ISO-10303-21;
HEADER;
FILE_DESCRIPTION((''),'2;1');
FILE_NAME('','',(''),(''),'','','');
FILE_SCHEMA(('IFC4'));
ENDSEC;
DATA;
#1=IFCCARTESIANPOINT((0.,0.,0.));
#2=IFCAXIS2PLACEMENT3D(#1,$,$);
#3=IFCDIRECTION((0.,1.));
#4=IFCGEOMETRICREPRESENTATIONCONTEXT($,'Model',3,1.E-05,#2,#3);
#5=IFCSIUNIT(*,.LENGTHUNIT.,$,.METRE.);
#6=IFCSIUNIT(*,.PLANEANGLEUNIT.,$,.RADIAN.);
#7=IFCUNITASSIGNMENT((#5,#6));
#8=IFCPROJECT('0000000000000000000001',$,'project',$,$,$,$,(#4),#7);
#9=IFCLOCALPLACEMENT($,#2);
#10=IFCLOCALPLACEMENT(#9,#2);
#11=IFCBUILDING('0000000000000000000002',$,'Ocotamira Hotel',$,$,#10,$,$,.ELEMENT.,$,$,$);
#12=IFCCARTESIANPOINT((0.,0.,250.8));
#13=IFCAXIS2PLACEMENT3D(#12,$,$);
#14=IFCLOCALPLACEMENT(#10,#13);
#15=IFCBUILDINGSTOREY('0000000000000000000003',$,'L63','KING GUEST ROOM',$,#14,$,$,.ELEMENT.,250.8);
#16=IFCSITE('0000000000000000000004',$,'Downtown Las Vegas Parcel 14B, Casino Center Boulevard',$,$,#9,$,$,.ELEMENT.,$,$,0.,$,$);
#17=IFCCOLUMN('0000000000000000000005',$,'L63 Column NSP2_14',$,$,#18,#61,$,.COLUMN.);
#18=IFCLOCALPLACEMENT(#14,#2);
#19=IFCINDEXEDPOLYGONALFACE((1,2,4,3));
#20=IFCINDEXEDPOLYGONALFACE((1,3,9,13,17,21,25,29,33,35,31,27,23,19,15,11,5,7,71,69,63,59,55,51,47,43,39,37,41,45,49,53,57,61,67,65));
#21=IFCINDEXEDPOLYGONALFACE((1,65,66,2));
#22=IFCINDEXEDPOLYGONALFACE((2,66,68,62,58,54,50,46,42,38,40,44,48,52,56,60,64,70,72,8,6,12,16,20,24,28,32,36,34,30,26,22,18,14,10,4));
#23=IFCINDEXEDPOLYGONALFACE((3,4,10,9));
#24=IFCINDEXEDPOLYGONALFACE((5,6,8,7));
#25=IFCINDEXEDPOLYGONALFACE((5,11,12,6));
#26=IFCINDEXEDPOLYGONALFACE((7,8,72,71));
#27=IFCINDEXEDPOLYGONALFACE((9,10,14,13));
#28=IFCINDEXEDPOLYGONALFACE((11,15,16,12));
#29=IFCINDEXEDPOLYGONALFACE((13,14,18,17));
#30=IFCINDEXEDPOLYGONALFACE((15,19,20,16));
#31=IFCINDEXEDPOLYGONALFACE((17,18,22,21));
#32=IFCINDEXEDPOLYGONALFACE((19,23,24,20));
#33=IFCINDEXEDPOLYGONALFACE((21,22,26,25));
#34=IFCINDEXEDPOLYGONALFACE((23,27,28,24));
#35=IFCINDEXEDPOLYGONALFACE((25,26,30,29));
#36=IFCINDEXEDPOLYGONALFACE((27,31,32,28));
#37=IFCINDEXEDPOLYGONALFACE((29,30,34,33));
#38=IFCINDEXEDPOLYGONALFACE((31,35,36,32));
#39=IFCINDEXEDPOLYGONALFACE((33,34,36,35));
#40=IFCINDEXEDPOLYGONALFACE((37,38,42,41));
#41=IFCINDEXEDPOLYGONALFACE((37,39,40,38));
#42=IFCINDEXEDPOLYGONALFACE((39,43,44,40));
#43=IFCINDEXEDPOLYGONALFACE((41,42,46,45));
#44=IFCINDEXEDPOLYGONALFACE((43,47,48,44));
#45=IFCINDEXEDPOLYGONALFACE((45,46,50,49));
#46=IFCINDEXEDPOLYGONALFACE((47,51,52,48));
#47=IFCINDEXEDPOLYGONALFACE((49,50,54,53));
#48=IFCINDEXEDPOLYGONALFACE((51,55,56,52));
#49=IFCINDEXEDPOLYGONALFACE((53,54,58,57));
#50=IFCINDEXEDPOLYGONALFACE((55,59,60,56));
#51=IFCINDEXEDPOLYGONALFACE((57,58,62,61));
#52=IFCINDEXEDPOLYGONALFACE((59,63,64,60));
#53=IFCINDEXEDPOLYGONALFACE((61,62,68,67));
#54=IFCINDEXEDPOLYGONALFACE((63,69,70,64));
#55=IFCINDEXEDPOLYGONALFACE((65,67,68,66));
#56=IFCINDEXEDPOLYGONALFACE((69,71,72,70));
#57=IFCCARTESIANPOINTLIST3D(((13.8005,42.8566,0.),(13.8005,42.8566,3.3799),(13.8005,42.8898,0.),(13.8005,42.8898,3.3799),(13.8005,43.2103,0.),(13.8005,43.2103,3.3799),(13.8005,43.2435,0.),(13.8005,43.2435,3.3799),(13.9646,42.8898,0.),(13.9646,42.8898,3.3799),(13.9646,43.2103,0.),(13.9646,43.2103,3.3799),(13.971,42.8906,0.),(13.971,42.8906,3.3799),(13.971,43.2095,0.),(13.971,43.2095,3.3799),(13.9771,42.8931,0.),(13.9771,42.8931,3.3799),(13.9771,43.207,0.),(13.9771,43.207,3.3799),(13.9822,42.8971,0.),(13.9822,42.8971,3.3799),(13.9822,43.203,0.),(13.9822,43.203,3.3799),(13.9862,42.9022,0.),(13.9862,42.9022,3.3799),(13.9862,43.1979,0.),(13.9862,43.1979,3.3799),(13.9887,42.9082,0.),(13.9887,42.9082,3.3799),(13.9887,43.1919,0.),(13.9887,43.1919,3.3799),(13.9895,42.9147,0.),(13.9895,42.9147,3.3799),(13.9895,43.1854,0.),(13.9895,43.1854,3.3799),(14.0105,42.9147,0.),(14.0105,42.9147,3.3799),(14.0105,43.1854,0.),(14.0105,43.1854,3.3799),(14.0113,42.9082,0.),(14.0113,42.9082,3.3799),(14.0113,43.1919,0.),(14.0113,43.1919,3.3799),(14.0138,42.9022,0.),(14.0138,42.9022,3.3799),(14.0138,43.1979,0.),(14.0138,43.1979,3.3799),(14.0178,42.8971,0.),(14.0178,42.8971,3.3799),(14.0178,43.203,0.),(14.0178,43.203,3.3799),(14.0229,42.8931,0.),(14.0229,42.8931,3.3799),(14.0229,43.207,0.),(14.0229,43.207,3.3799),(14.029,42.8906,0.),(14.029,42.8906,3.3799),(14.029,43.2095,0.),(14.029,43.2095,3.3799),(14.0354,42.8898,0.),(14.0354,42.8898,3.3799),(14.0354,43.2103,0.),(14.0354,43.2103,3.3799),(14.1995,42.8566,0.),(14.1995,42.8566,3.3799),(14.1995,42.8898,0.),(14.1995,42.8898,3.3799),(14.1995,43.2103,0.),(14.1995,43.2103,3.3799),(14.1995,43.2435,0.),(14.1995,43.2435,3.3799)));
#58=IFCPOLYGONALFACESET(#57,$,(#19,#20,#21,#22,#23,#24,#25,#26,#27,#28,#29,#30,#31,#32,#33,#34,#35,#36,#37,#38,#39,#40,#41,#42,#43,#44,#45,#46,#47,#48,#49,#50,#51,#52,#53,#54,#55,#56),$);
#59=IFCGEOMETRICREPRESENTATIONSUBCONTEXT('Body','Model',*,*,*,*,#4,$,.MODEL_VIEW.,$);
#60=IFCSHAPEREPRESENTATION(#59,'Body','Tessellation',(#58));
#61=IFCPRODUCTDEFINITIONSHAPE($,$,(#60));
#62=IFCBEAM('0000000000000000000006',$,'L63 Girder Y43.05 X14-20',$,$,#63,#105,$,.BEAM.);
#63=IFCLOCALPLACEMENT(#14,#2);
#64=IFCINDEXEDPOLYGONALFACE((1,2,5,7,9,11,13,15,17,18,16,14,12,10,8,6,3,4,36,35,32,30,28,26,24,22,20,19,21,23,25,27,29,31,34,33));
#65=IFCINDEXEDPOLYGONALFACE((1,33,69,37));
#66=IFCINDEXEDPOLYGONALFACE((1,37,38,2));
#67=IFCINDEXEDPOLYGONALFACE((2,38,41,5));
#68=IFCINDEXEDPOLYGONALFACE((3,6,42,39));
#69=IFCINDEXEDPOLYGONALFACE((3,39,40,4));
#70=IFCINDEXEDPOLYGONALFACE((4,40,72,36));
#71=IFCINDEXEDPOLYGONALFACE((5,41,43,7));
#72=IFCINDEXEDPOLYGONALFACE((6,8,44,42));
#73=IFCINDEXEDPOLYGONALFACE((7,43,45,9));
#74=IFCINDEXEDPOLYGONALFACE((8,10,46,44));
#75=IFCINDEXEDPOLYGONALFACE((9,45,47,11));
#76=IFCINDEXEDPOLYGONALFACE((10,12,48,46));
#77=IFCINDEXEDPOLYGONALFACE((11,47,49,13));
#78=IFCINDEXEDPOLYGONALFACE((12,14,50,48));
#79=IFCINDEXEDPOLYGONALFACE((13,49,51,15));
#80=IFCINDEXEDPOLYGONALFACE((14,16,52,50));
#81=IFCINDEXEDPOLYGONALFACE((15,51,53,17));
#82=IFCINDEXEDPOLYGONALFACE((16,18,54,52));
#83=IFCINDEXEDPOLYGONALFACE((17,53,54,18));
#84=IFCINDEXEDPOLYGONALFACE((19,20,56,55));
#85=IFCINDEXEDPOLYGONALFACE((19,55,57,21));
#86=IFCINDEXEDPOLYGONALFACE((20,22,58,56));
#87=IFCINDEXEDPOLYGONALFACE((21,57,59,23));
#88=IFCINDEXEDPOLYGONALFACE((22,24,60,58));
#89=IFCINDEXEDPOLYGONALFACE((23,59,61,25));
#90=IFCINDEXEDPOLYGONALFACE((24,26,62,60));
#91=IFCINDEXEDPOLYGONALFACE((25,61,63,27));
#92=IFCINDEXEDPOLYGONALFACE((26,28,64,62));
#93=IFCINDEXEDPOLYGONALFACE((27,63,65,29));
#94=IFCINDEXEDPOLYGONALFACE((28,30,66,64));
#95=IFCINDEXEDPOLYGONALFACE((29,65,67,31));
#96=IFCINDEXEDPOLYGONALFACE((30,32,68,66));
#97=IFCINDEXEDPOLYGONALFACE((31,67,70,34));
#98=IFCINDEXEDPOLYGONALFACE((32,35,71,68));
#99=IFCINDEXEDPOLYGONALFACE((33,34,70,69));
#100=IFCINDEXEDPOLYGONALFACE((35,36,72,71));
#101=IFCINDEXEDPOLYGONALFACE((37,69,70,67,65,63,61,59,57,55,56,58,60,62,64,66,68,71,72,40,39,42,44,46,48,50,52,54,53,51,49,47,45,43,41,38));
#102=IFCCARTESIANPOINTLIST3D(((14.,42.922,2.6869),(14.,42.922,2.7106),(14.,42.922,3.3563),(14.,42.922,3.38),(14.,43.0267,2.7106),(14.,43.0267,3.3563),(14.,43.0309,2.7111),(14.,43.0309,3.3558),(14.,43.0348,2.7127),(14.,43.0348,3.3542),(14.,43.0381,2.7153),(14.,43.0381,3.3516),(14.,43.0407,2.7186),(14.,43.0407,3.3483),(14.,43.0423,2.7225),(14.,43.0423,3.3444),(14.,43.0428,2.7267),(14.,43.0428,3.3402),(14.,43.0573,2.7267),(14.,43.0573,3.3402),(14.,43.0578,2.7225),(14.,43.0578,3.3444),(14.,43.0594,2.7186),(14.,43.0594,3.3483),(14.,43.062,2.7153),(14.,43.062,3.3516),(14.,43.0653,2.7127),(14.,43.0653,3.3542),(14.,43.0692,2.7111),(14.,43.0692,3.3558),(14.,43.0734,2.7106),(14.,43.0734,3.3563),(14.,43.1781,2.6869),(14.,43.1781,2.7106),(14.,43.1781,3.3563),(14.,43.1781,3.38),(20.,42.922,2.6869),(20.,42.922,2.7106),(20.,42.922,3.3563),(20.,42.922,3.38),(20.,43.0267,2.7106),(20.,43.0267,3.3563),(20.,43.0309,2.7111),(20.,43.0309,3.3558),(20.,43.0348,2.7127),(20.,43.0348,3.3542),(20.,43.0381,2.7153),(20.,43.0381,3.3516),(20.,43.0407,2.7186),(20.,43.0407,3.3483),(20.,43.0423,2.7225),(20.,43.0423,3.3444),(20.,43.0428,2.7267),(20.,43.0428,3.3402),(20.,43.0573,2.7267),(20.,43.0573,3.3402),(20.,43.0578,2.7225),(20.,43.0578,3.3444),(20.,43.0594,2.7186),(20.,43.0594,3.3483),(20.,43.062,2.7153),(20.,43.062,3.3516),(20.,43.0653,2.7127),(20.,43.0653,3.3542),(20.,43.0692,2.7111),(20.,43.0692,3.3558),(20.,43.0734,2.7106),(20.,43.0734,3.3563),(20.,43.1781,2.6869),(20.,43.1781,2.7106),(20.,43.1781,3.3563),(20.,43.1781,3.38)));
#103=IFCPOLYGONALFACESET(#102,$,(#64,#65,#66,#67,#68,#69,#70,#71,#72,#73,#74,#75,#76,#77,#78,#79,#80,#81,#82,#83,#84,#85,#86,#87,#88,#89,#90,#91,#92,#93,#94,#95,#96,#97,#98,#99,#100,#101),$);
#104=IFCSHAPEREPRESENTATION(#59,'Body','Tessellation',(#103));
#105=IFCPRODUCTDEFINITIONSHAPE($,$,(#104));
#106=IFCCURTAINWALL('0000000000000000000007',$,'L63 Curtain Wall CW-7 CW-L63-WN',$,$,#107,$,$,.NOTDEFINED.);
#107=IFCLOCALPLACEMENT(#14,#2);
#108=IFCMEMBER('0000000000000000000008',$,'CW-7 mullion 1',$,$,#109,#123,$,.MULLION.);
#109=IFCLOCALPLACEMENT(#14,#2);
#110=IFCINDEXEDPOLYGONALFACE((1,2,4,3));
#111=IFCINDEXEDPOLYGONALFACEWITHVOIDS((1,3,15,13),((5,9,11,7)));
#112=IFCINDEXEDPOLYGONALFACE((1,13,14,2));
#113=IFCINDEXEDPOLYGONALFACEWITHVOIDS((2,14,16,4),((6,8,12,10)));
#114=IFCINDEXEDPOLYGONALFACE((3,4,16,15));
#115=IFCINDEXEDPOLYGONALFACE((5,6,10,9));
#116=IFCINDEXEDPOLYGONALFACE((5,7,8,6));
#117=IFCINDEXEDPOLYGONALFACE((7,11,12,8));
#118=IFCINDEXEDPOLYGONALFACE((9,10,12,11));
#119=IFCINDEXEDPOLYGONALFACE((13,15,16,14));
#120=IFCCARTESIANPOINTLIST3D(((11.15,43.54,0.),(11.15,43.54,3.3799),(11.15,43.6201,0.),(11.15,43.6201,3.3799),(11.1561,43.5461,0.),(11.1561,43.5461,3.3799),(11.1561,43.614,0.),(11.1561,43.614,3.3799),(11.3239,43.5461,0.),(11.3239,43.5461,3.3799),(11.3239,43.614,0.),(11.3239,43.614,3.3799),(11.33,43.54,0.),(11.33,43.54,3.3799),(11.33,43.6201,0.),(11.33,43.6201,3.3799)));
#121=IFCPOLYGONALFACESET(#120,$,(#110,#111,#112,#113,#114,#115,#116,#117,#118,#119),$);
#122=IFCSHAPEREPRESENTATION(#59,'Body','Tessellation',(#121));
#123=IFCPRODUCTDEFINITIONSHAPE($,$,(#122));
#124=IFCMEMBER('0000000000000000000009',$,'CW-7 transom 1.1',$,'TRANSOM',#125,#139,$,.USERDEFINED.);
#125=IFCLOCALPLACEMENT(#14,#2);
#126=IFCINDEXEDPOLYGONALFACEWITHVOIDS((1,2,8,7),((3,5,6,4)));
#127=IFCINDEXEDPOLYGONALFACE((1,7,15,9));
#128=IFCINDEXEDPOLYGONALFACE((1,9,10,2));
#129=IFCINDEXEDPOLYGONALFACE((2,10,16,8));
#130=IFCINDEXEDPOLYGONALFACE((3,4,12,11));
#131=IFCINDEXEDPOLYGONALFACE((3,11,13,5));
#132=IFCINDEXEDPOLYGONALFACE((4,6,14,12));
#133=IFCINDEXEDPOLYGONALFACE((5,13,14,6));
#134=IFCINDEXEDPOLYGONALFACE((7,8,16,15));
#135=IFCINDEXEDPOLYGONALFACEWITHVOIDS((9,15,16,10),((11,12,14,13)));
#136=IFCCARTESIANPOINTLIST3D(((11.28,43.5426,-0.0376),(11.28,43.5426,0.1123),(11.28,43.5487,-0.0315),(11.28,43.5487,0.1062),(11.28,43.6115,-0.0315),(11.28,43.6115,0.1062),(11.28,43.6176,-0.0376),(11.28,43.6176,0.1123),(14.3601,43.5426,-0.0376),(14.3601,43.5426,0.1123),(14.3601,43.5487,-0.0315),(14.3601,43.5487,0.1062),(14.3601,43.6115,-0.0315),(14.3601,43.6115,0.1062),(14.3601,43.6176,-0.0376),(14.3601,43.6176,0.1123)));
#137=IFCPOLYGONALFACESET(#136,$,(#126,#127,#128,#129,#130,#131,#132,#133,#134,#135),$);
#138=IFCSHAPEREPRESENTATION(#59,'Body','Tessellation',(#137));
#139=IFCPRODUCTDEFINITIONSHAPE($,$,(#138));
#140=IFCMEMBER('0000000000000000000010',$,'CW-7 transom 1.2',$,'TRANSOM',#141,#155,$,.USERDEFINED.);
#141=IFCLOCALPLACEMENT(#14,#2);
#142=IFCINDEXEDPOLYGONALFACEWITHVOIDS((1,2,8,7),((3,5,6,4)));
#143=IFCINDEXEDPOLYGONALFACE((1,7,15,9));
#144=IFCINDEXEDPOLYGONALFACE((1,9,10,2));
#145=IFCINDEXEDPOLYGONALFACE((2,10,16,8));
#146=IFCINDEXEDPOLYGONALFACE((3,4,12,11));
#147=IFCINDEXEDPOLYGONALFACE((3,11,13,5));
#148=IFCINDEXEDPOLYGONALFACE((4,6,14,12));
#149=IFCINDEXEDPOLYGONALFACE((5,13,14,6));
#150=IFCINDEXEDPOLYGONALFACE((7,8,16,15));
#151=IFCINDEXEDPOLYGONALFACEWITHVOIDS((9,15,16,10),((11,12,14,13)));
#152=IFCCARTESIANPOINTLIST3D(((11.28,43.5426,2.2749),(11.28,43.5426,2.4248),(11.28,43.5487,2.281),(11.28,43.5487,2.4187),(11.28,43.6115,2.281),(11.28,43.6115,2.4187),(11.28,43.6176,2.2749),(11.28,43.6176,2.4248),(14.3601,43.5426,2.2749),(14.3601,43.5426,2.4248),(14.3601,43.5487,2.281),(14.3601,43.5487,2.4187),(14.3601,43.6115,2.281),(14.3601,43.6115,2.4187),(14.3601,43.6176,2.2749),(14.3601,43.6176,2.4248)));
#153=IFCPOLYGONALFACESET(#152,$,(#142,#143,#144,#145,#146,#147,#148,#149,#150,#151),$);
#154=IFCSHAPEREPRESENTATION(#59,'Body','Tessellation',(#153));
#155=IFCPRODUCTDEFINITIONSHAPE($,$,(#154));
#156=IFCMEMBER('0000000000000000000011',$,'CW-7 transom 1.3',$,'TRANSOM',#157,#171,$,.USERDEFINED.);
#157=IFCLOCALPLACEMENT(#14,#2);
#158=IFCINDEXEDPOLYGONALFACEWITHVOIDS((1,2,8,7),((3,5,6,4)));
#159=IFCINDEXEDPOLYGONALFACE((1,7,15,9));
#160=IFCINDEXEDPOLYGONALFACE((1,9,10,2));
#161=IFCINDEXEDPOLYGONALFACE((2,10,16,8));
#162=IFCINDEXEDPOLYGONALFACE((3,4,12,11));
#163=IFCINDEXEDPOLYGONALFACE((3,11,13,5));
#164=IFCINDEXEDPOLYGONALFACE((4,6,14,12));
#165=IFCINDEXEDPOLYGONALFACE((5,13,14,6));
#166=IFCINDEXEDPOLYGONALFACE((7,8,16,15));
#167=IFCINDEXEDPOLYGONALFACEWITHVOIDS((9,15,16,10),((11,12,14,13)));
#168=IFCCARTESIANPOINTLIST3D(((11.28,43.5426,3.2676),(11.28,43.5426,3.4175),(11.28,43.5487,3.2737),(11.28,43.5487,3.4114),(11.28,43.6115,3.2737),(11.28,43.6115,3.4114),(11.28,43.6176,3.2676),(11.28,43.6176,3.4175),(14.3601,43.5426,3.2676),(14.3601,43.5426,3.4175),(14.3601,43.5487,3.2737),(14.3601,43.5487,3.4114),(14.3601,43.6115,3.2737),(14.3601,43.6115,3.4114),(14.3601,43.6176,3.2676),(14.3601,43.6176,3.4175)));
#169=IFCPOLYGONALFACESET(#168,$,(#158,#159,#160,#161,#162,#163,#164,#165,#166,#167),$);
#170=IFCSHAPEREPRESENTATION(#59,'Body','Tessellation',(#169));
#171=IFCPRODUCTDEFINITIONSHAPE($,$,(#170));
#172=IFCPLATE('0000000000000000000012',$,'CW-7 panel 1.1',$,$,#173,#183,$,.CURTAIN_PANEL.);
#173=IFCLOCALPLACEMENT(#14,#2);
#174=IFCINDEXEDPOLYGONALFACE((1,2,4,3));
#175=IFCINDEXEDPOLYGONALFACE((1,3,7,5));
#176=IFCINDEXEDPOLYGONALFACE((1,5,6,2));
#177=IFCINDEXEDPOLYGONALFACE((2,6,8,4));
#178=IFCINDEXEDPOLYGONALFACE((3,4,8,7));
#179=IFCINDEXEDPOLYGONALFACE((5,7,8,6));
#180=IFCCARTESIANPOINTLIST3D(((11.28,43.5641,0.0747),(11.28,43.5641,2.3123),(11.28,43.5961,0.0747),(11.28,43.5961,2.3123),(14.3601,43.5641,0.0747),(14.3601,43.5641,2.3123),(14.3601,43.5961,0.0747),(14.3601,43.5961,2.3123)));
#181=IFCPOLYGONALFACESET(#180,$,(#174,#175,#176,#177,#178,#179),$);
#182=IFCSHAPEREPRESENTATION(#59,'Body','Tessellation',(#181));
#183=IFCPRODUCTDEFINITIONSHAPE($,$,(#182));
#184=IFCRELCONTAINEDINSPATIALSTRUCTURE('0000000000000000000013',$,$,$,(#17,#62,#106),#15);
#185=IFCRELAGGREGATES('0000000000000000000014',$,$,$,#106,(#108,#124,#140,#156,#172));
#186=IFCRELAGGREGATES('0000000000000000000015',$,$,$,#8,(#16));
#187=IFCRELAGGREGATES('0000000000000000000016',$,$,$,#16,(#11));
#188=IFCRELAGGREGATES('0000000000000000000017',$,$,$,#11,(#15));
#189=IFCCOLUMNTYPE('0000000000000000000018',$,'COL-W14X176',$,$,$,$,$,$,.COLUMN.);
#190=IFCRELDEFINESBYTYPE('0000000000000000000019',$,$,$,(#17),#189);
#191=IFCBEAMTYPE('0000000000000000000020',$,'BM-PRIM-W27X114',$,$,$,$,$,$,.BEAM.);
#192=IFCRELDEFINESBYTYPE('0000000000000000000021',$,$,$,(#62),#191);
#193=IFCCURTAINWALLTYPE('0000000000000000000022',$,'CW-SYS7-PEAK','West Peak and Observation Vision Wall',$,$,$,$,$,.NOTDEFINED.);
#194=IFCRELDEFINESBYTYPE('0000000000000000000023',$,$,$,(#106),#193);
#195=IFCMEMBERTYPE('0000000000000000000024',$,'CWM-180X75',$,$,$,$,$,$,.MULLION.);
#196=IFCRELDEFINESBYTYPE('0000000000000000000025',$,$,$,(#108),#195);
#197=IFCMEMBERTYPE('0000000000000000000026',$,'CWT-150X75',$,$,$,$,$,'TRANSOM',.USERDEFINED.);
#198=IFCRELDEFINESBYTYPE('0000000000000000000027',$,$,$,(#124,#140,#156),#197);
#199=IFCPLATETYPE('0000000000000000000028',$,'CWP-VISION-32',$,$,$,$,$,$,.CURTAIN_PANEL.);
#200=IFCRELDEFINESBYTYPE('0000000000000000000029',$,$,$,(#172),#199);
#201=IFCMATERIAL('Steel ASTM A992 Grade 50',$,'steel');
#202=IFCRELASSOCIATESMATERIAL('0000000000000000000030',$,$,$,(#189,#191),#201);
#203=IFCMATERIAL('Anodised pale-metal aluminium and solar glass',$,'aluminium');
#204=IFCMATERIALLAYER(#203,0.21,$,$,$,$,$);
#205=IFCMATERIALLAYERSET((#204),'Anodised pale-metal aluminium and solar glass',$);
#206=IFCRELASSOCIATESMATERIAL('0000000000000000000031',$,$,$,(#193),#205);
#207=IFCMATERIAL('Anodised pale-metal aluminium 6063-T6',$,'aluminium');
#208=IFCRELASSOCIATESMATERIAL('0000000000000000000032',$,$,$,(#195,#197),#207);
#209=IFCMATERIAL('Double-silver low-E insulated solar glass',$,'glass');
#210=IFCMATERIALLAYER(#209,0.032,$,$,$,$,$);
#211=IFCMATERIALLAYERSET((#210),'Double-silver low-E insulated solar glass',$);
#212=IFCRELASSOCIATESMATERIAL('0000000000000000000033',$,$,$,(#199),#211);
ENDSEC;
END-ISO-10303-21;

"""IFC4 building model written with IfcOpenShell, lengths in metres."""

from ifc_helpers import new_model, si_unit, direction, frame, origin, origin_2d, place, context, subcontext, project, spatial, rectangle, hollow_rectangle, i_section, extrude, source, transform, mapped, material, layer, layer_set, material_profile, profile_set, type_object, element, aggregate, save


model = new_model("IFC4")

# Units and contexts
model_context = context("Model", 3, precision=1e-05, world=origin(), true_north=direction((0.0, 1.0)))
body_context = subcontext(model_context, "Body", "Model", "MODEL_VIEW")
ifc_project = project(units=[si_unit("LENGTHUNIT", "METRE"), si_unit("PLANEANGLEUNIT", "RADIAN")], contexts=[model_context])

# Site, building, storey
site_placement = place(None, origin())
site = spatial("IfcSite", under=ifc_project, at=site_placement, Name="Downtown Las Vegas Parcel 14B, Casino Center Boulevard", CompositionType="ELEMENT", RefElevation=0.0)
building_placement = place(site_placement, origin())
building = spatial("IfcBuilding", under=site, at=building_placement, Name="Ocotamira Hotel", CompositionType="ELEMENT")
storey_placement = place(building_placement, frame((0.0, 0.0, 250.8)))
storey = spatial("IfcBuildingStorey", under=building, at=storey_placement, Name="L63", Description="KING GUEST ROOM", CompositionType="ELEMENT", Elevation=250.8)

# Column
ifc_material_1 = material(Name="Steel ASTM A992 Grade 50", Category="steel")
ifc_material_profile_1 = material_profile(ifc_material_1, i_section(OverallWidth=0.3989, OverallDepth=0.387, WebThickness=0.021, FlangeThickness=0.0332, FilletRadius=0.0249, at=origin_2d()), Name="W14X176")
ifc_profile_set_1 = profile_set([ifc_material_profile_1], Name="Steel ASTM A992 Grade 50")
column_type = type_object("IfcColumnType", Name="COL-W14X176", PredefinedType="COLUMN", material=ifc_profile_set_1)
shared_shape_1 = source(origin(), body_context, "Body", "SweptSolid", [
    extrude(i_section(OverallWidth=0.3989, OverallDepth=0.387, WebThickness=0.021, FlangeThickness=0.0332, FilletRadius=0.0249, at=origin_2d()), origin(), (0.0, 0.0, 1.0), 3.3799),
])
column_placement = place(storey_placement, frame((14.0, 43.05, 0.0), z_axis=(0.0, 0.0, 1.0), x_axis=(1.0, 0.0, 0.0)))
element("IfcColumn", 1, at=column_placement, inside=storey, type_object=column_type, Name="L63 Column NSP2_14", PredefinedType="COLUMN", context=body_context, shape_type="MappedRepresentation", body=[
    mapped(shared_shape_1, transform((0.0, 0.0, 0.0), scale=1.0)),
])

# Beam
ifc_material_profile_2 = material_profile(ifc_material_1, i_section(OverallWidth=0.2561, OverallDepth=0.6931, WebThickness=0.0144, FlangeThickness=0.0237, FilletRadius=0.0161, at=origin_2d()), Name="W27X114")
ifc_profile_set_2 = profile_set([ifc_material_profile_2], Name="Steel ASTM A992 Grade 50")
beam_type = type_object("IfcBeamType", Name="BM-PRIM-W27X114", PredefinedType="BEAM", material=ifc_profile_set_2)
shared_shape_2 = source(origin(), body_context, "Body", "SweptSolid", [
    extrude(i_section(OverallWidth=0.2561, OverallDepth=0.6931, WebThickness=0.0144, FlangeThickness=0.0237, FilletRadius=0.0161, at=origin_2d()), origin(), (0.0, 0.0, 1.0), 6.0),
])
beam_placement = place(storey_placement, frame((14.0, 43.05, 3.0334), z_axis=(1.0, 0.0, 0.0), x_axis=(0.0, 1.0, 0.0)))
element("IfcBeam", 2, at=beam_placement, inside=storey, type_object=beam_type, Name="L63 Girder Y43.05 X14-20", PredefinedType="BEAM", context=body_context, shape_type="MappedRepresentation", body=[
    mapped(shared_shape_2, transform((0.0, 0.0, 0.0), scale=1.0)),
])

# Curtain wall, members, plate
ifc_material_2 = material(Name="Anodised pale-metal aluminium and solar glass", Category="aluminium")
ifc_layer_1 = layer(ifc_material_2, 0.21)
ifc_layer_set_1 = layer_set([ifc_layer_1], Name="Anodised pale-metal aluminium and solar glass")
curtain_wall_type = type_object("IfcCurtainWallType", Name="CW-SYS7-PEAK", Description="West Peak and Observation Vision Wall", PredefinedType="NOTDEFINED", material=ifc_layer_set_1)
curtain_wall_placement = place(storey_placement, origin())
curtain_wall = element("IfcCurtainWall", 3, at=curtain_wall_placement, inside=storey, type_object=curtain_wall_type, Name="L63 Curtain Wall CW-7 CW-L63-WN", PredefinedType="NOTDEFINED")
ifc_material_3 = material(Name="Anodised pale-metal aluminium 6063-T6", Category="aluminium")
ifc_material_profile_3 = material_profile(ifc_material_3, hollow_rectangle(XDim=0.0801, YDim=0.1799, WallThickness=0.0061, at=origin_2d()), Name="HSS180X80X6")
ifc_profile_set_3 = profile_set([ifc_material_profile_3], Name="Anodised pale-metal aluminium 6063-T6")
member_type_1 = type_object("IfcMemberType", Name="CWM-180X75", PredefinedType="MULLION", material=ifc_profile_set_3)
shared_shape_3 = source(origin(), body_context, "Body", "SweptSolid", [
    extrude(hollow_rectangle(XDim=0.0801, YDim=0.1799, WallThickness=0.0061, at=origin_2d()), origin(), (0.0, 0.0, 1.0), 3.3799),
])
member_1_placement = place(storey_placement, frame((11.24, 43.5801, 0.0), z_axis=(0.0, 0.0, 1.0), x_axis=(0.0, 1.0, 0.0)))
member_1 = element("IfcMember", 4, at=member_1_placement, type_object=member_type_1, Name="CW-7 mullion 1", PredefinedType="MULLION", context=body_context, shape_type="MappedRepresentation", body=[
    mapped(shared_shape_3, transform((0.0, 0.0, 0.0), scale=1.0)),
])
ifc_material_profile_4 = material_profile(ifc_material_3, hollow_rectangle(XDim=0.075, YDim=0.1499, WallThickness=0.0061, at=origin_2d()), Name="HSS150X75X6")
ifc_profile_set_4 = profile_set([ifc_material_profile_4], Name="Anodised pale-metal aluminium 6063-T6")
member_type_2 = type_object("IfcMemberType", Name="CWT-150X75", ElementType="TRANSOM", PredefinedType="USERDEFINED", material=ifc_profile_set_4)
shared_shape_4 = source(origin(), body_context, "Body", "SweptSolid", [
    extrude(hollow_rectangle(XDim=0.075, YDim=0.1499, WallThickness=0.0061, at=origin_2d()), origin(), (0.0, 0.0, 1.0), 3.0801),
])
member_2_placement = place(storey_placement, frame((11.28, 43.5801, 0.0374), z_axis=(1.0, 0.0, 0.0), x_axis=(0.0, 1.0, 0.0)))
member_2 = element("IfcMember", 5, at=member_2_placement, type_object=member_type_2, Name="CW-7 transom 1.1", ObjectType="TRANSOM", PredefinedType="USERDEFINED", context=body_context, shape_type="MappedRepresentation", body=[
    mapped(shared_shape_4, transform((0.0, 0.0, 0.0), scale=1.0)),
])
member_3_placement = place(storey_placement, frame((11.28, 43.5801, 2.3499), z_axis=(1.0, 0.0, 0.0), x_axis=(0.0, 1.0, 0.0)))
member_3 = element("IfcMember", 6, at=member_3_placement, type_object=member_type_2, Name="CW-7 transom 1.2", ObjectType="TRANSOM", PredefinedType="USERDEFINED", context=body_context, shape_type="MappedRepresentation", body=[
    mapped(shared_shape_4, transform((0.0, 0.0, 0.0), scale=1.0)),
])
member_4_placement = place(storey_placement, frame((11.28, 43.5801, 3.3425), z_axis=(1.0, 0.0, 0.0), x_axis=(0.0, 1.0, 0.0)))
member_4 = element("IfcMember", 7, at=member_4_placement, type_object=member_type_2, Name="CW-7 transom 1.3", ObjectType="TRANSOM", PredefinedType="USERDEFINED", context=body_context, shape_type="MappedRepresentation", body=[
    mapped(shared_shape_4, transform((0.0, 0.0, 0.0), scale=1.0)),
])
ifc_material_4 = material(Name="Double-silver low-E insulated solar glass", Category="glass")
ifc_layer_2 = layer(ifc_material_4, 0.032)
ifc_layer_set_2 = layer_set([ifc_layer_2], Name="Double-silver low-E insulated solar glass")
plate_type = type_object("IfcPlateType", Name="CWP-VISION-32", PredefinedType="CURTAIN_PANEL", material=ifc_layer_set_2)
shared_shape_5 = source(origin(), body_context, "Body", "SweptSolid", [
    extrude(rectangle(XDim=3.0801, YDim=0.032, at=origin_2d()), origin(), (0.0, 0.0, 1.0), 2.2375),
])
plate_1_placement = place(storey_placement, frame((12.8201, 43.5801, 0.0747), z_axis=(0.0, 0.0, 1.0), x_axis=(1.0, 0.0, 0.0)))
plate_1 = element("IfcPlate", 8, at=plate_1_placement, type_object=plate_type, Name="CW-7 panel 1.1", PredefinedType="CURTAIN_PANEL", context=body_context, shape_type="MappedRepresentation", body=[
    mapped(shared_shape_5, transform((0.0, 0.0, 0.0), scale=1.0)),
])
aggregate(curtain_wall, [member_1, member_2, member_3, member_4, plate_1])

save(model, "model.ifc")
